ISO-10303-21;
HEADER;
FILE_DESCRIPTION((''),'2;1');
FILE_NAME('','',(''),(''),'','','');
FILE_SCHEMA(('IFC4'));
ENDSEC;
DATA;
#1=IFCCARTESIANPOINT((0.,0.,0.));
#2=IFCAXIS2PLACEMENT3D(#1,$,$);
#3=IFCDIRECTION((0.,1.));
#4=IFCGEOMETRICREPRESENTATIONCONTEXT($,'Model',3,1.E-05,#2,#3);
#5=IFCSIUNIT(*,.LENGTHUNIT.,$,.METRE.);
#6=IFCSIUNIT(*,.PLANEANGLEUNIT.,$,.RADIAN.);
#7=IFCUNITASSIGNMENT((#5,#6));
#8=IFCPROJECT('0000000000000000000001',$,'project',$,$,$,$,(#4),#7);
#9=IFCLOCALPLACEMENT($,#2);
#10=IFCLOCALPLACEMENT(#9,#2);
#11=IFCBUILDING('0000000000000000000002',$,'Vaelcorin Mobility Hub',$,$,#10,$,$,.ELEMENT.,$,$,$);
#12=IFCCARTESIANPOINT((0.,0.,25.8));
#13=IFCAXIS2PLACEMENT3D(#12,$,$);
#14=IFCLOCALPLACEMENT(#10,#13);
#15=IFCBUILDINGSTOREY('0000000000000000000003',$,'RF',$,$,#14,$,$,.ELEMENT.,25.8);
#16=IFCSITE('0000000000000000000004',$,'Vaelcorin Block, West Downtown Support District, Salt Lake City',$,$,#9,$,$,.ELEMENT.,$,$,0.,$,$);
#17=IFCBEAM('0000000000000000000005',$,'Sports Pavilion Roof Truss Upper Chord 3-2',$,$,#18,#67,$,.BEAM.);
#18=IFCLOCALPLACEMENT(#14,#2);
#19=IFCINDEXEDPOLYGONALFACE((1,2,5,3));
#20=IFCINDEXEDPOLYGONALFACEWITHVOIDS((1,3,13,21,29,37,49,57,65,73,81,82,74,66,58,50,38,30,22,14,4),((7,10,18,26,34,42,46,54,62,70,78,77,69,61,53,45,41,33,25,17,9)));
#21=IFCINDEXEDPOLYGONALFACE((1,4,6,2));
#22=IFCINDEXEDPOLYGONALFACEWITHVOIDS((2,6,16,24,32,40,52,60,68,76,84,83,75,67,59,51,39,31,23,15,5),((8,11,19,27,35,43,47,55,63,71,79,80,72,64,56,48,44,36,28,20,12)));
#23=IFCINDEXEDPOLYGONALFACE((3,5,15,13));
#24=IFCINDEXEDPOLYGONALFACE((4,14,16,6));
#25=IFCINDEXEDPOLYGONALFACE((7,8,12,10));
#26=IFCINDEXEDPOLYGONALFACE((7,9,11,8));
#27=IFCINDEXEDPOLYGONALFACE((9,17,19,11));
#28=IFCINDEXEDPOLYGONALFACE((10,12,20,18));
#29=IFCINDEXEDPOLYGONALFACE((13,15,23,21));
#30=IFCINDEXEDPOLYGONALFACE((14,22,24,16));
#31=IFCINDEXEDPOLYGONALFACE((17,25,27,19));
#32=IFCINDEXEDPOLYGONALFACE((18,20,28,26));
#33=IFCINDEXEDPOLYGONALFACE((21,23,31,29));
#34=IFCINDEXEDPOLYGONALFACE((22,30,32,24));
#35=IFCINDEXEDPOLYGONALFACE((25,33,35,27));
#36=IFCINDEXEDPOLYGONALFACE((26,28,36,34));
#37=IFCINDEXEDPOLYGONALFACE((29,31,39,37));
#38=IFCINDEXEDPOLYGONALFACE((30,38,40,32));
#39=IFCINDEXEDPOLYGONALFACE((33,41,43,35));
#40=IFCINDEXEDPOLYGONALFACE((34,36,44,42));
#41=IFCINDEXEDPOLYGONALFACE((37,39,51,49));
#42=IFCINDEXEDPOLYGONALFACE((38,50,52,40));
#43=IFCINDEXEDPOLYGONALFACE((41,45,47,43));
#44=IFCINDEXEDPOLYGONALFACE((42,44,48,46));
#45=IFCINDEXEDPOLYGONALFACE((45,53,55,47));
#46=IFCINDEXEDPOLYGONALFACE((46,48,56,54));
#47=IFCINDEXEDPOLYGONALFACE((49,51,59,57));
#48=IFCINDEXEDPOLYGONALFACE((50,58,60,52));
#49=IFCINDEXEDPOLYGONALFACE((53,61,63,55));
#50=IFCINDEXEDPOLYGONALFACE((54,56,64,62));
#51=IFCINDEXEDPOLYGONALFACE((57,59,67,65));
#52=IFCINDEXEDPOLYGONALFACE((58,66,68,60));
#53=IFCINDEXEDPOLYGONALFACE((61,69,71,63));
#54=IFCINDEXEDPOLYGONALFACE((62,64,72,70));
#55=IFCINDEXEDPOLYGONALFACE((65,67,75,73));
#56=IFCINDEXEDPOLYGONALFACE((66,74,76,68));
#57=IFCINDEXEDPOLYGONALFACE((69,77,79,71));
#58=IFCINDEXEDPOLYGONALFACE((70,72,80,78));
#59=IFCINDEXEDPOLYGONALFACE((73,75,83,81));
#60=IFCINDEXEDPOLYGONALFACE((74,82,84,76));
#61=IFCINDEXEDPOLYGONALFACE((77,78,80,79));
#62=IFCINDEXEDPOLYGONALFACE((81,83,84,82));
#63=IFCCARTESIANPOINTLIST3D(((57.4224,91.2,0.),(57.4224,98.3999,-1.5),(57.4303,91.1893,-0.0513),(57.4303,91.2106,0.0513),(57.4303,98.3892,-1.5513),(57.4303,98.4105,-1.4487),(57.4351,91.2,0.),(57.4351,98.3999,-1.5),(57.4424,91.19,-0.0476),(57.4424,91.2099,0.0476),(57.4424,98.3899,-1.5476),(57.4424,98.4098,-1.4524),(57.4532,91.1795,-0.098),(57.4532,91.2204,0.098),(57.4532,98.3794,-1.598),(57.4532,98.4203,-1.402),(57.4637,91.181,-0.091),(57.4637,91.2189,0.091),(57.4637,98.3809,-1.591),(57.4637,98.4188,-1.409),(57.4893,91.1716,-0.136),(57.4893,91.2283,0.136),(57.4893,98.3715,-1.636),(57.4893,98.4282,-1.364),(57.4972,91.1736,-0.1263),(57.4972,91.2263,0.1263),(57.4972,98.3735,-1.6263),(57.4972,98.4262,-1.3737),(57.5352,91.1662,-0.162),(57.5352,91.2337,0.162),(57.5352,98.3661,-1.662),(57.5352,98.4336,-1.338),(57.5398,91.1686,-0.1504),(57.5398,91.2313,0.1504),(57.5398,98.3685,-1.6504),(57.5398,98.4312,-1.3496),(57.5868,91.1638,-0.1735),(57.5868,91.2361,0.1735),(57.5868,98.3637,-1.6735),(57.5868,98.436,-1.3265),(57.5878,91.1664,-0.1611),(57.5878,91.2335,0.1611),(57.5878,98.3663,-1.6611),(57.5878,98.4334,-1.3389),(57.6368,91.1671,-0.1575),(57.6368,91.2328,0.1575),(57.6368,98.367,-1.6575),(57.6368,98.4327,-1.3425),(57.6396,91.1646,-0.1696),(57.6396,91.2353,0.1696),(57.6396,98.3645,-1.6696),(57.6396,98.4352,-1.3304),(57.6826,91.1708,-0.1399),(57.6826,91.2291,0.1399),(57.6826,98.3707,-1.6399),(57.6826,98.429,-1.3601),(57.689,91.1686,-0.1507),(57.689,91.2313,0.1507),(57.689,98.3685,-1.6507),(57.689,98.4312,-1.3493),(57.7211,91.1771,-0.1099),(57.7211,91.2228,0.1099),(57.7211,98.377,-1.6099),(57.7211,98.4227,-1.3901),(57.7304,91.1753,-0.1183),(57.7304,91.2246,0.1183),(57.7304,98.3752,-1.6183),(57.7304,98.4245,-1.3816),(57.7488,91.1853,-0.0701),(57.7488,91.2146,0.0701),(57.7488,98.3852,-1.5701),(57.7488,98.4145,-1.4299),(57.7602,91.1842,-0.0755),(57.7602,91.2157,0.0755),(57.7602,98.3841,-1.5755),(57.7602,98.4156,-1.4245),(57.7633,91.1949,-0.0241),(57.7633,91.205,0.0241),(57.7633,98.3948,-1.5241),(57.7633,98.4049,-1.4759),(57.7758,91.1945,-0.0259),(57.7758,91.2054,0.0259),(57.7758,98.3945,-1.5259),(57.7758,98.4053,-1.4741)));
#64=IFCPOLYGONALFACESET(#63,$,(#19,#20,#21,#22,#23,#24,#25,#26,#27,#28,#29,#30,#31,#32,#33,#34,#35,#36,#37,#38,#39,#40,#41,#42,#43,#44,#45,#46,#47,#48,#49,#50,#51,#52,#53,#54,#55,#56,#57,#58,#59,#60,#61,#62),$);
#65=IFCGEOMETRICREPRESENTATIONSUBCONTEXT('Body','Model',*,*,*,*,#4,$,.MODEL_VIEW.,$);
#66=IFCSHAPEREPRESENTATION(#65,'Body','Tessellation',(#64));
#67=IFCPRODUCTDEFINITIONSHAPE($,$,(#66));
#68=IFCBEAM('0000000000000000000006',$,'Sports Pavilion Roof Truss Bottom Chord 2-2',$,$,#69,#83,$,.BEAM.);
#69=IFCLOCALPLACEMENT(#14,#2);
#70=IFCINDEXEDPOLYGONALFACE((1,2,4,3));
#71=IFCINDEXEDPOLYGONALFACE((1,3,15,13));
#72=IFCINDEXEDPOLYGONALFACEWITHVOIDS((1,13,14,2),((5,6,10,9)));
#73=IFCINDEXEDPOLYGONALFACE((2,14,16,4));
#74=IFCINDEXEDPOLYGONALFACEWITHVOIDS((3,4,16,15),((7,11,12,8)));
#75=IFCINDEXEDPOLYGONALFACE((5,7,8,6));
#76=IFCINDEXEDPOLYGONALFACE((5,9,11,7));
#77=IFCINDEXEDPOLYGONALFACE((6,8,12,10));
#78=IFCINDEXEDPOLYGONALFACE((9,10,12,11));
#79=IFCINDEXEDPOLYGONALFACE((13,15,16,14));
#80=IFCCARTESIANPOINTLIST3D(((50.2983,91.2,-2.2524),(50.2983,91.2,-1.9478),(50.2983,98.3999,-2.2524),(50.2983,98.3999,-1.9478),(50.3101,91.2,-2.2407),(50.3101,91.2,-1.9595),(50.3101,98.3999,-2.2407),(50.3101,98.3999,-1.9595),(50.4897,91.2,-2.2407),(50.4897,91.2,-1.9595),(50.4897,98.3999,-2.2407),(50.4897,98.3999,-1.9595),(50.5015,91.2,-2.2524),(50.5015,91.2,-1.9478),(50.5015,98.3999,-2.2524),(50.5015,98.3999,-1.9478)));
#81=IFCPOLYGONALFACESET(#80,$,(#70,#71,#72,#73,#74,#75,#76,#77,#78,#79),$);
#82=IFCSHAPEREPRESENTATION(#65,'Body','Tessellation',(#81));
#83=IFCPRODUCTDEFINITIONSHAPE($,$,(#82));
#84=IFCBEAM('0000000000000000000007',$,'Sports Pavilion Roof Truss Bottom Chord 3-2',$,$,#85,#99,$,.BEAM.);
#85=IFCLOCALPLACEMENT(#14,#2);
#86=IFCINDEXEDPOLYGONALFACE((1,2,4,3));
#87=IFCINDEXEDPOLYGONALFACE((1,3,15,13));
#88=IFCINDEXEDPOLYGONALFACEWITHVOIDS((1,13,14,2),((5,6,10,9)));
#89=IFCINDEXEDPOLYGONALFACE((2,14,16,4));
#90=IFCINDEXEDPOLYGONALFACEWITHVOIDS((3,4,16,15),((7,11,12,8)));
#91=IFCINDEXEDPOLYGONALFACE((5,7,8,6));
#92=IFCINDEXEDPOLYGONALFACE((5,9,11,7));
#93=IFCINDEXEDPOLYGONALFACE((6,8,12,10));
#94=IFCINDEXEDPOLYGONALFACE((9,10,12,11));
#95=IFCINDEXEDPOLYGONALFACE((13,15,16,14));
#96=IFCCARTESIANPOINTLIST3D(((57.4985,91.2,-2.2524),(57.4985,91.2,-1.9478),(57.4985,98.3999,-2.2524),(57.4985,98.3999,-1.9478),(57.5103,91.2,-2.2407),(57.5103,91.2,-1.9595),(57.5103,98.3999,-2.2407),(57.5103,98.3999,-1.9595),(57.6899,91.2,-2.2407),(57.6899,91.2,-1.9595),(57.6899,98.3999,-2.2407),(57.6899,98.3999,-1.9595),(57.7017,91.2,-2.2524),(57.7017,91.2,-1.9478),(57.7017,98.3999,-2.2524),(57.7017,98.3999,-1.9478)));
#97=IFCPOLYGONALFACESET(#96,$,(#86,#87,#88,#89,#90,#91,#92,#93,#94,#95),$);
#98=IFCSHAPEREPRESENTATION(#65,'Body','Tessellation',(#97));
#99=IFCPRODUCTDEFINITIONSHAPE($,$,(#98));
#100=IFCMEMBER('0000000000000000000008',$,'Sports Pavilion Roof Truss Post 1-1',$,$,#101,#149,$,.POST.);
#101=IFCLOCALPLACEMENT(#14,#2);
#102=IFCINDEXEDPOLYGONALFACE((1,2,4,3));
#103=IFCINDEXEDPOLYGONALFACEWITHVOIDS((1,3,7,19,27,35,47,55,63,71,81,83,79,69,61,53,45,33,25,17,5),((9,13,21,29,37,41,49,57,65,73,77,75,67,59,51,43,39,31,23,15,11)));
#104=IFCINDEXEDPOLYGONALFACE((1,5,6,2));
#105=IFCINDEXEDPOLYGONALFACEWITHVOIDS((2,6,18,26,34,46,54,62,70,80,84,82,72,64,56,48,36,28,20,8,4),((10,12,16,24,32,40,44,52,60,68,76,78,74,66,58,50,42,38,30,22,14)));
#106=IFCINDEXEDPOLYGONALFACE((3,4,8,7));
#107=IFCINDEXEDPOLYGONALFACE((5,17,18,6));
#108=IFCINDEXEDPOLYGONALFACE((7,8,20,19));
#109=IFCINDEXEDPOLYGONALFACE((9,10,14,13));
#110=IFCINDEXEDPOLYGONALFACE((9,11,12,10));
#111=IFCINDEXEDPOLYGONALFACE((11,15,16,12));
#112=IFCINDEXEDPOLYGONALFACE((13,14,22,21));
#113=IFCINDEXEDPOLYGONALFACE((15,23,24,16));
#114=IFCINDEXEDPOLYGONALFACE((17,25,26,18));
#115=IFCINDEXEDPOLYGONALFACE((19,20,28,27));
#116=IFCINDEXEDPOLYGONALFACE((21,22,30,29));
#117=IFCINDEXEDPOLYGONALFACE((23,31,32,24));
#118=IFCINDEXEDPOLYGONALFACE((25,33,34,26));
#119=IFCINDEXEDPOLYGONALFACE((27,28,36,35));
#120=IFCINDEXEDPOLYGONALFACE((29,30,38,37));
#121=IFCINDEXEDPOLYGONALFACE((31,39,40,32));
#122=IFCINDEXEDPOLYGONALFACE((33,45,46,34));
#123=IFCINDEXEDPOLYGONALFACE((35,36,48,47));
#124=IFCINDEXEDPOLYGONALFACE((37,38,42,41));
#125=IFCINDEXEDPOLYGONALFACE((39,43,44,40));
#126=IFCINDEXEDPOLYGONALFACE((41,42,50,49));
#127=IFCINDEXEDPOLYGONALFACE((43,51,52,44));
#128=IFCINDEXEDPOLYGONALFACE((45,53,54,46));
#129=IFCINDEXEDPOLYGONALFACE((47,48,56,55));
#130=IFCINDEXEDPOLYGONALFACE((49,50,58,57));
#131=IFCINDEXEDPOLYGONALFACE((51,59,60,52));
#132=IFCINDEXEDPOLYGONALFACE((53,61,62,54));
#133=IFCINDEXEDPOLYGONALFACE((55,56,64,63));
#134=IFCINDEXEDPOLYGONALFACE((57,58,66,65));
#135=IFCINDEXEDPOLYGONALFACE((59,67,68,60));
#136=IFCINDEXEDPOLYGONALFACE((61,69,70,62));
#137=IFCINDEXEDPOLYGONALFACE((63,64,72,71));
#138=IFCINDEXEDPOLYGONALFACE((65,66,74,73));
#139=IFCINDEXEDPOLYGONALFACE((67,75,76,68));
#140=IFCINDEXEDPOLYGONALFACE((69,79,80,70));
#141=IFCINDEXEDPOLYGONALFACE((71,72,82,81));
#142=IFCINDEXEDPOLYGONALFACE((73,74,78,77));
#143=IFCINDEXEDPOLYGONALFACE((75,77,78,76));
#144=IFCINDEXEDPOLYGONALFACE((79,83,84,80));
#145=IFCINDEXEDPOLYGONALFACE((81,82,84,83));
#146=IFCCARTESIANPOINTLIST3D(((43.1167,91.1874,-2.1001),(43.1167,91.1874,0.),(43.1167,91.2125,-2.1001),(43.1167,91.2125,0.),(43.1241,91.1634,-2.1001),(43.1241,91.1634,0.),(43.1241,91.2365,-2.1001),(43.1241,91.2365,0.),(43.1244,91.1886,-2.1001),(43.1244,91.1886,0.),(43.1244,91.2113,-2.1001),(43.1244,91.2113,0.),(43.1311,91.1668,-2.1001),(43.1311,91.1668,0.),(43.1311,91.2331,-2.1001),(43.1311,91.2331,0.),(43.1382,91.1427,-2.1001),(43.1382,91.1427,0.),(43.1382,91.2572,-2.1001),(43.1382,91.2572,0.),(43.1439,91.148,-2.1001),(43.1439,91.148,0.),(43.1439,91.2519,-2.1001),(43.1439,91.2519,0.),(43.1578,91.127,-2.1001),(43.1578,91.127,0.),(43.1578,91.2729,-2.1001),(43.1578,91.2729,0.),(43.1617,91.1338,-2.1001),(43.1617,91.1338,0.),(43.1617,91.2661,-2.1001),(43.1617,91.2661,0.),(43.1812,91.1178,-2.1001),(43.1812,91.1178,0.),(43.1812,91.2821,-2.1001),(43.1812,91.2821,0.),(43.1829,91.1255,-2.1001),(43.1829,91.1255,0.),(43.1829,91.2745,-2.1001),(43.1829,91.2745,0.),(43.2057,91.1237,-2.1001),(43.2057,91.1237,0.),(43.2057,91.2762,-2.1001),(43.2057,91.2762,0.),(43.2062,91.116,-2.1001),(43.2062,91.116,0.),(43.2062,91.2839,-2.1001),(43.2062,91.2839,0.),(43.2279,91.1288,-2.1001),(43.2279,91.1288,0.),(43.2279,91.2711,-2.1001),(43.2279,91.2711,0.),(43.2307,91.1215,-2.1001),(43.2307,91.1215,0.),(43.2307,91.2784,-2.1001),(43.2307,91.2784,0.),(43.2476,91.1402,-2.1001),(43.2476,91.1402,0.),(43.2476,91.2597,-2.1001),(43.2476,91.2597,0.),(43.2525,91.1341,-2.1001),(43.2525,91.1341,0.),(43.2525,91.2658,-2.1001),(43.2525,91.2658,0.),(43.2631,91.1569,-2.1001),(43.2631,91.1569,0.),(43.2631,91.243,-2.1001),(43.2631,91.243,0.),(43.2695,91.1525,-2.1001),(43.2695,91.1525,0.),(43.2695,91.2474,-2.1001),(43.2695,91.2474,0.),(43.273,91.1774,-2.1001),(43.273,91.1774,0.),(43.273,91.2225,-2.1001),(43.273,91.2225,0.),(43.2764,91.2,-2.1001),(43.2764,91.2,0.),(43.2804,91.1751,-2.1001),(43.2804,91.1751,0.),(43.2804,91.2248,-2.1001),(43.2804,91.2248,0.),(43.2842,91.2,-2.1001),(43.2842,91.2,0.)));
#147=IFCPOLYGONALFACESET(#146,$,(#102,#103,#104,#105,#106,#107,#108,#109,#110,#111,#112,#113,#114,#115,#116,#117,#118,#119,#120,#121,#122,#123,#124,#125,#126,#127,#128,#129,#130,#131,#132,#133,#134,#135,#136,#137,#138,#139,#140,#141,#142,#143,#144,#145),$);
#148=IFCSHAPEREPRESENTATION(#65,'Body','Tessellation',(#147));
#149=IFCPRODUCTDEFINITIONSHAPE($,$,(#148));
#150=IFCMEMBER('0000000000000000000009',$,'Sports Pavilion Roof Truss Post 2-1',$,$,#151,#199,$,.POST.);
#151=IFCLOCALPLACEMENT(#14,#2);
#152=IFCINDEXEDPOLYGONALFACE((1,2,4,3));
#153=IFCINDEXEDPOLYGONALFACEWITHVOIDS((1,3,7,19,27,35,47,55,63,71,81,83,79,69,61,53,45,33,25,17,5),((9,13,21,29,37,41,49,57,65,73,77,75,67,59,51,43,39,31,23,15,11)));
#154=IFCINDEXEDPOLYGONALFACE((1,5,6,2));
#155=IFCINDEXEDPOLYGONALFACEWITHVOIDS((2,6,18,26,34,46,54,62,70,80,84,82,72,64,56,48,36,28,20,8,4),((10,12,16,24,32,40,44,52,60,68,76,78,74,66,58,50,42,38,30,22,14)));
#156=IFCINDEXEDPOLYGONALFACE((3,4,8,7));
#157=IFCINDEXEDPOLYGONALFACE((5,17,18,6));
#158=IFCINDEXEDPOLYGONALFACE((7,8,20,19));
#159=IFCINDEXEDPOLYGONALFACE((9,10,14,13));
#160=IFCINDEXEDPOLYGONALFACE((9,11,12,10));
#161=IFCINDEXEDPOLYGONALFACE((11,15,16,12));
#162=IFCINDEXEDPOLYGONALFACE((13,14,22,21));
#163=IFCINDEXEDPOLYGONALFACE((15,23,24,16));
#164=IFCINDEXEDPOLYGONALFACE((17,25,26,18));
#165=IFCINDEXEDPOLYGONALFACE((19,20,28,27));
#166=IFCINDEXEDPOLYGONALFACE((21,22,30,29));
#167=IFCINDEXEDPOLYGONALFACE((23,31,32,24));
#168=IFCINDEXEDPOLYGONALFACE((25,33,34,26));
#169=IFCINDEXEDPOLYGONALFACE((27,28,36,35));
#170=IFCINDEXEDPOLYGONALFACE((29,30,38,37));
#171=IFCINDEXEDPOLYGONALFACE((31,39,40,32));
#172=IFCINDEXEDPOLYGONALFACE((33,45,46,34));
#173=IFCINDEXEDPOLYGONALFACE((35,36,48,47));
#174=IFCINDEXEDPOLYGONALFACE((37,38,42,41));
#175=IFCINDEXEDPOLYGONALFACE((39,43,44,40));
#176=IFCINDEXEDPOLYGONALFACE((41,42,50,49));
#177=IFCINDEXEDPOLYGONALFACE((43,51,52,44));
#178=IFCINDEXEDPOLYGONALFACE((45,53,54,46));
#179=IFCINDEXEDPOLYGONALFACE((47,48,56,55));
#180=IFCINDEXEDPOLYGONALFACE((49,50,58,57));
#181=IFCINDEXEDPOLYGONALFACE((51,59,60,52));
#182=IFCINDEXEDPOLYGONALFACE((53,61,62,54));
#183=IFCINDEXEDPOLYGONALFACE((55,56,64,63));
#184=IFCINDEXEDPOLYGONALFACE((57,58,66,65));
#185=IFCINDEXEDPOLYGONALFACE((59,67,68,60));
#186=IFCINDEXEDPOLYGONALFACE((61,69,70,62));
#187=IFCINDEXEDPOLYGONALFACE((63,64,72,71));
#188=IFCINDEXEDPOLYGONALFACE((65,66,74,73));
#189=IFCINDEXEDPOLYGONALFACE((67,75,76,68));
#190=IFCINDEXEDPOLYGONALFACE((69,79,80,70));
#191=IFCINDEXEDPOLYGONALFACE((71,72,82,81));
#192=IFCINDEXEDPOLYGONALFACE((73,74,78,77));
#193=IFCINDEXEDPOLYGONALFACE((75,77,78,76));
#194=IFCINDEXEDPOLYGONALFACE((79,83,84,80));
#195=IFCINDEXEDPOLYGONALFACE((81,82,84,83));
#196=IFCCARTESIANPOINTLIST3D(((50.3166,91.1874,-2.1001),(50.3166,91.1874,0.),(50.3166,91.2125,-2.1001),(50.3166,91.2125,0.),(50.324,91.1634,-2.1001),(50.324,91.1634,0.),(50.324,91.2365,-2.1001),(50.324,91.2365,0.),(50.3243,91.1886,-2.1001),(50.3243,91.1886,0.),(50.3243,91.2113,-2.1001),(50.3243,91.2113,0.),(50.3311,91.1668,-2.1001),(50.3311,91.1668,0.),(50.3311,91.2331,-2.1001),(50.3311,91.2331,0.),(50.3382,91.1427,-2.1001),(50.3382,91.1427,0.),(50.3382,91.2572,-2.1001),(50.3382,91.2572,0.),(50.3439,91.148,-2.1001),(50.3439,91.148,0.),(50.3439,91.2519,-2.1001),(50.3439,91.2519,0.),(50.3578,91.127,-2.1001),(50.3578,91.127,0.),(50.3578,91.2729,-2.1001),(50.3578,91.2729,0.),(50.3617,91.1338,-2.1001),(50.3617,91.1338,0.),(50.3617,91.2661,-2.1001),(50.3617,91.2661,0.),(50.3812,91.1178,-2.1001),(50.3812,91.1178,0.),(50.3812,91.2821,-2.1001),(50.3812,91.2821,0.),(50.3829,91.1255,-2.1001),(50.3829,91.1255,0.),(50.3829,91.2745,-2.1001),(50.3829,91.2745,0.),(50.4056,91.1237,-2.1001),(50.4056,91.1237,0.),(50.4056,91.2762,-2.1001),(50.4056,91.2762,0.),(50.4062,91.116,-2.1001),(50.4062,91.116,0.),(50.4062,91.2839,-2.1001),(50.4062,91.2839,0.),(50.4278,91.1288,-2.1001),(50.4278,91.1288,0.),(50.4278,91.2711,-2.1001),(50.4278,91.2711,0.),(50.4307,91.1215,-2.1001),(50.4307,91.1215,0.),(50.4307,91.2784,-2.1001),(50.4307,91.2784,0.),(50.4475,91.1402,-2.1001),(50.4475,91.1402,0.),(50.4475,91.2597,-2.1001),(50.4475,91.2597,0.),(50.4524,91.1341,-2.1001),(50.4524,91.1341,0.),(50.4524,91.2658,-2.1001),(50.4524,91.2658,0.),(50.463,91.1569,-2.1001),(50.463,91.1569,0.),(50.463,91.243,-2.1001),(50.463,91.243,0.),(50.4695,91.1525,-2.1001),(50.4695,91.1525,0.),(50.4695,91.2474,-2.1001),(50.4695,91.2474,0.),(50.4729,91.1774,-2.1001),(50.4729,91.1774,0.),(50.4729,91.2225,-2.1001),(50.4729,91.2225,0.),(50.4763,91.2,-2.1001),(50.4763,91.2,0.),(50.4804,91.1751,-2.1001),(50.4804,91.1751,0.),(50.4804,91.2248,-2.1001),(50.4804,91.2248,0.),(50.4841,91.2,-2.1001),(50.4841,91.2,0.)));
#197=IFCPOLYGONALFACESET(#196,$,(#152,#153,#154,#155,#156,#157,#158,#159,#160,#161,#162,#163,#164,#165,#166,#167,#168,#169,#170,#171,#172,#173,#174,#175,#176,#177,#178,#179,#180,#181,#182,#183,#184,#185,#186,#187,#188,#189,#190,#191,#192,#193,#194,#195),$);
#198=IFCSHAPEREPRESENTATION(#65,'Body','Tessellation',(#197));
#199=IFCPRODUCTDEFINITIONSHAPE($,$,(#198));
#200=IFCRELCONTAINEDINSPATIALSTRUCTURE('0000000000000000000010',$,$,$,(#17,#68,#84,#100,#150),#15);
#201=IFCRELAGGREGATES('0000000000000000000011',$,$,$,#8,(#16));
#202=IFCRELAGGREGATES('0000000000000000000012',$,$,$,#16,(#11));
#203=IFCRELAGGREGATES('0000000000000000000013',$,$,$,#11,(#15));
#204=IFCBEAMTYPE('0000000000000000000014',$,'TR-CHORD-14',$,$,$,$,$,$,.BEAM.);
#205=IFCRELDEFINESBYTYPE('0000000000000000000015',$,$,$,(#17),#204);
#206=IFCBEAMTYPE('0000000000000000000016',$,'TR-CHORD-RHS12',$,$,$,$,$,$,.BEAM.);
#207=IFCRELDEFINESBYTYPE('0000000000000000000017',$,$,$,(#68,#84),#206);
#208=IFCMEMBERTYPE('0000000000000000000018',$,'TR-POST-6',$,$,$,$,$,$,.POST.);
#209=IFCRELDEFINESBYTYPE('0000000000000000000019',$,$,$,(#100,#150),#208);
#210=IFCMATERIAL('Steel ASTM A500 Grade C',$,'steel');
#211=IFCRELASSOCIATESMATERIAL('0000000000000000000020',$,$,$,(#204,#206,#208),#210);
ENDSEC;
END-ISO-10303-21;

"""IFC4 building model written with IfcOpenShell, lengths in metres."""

from ifc_helpers import new_model, si_unit, direction, frame, origin, origin_2d, place, context, subcontext, project, spatial, hollow_rectangle, hollow_circle, extrude, material, material_profile, profile_set, type_object, element, save


model = new_model("IFC4")

# Units and contexts
model_context = context("Model", 3, precision=1e-05, world=origin(), true_north=direction((0.0, 1.0)))
body_context = subcontext(model_context, "Body", "Model", "MODEL_VIEW")
ifc_project = project(units=[si_unit("LENGTHUNIT", "METRE"), si_unit("PLANEANGLEUNIT", "RADIAN")], contexts=[model_context])

# Site, building, storey
site_placement = place(None, origin())
site = spatial("IfcSite", under=ifc_project, at=site_placement, Name="Vaelcorin Block, West Downtown Support District, Salt Lake City", CompositionType="ELEMENT", RefElevation=0.0)
building_placement = place(site_placement, origin())
building = spatial("IfcBuilding", under=site, at=building_placement, Name="Vaelcorin Mobility Hub", CompositionType="ELEMENT")
storey_placement = place(building_placement, frame((0.0, 0.0, 25.8)))
storey = spatial("IfcBuildingStorey", under=building, at=storey_placement, Name="RF", CompositionType="ELEMENT", Elevation=25.8)

# Shared definitions
ifc_material_1 = material(Name="Steel ASTM A500 Grade C", Category="steel")

# Beams
ifc_material_profile_1 = material_profile(ifc_material_1, hollow_circle(Radius=0.1777, WallThickness=0.0127, at=origin_2d()), Name="HSS14.000X0.500")
ifc_profile_set_1 = profile_set([ifc_material_profile_1], Name="Steel ASTM A500 Grade C")
beam_type_1 = type_object("IfcBeamType", Name="TR-CHORD-14", PredefinedType="BEAM", material=ifc_profile_set_1)
for number, where, z_axis, x_axis, name in (
    (1, (57.6001, 91.2, 0.0), (0.0, 0.97898, -0.203956), (-1.0, 0.0, 0.0), "Sports Pavilion Roof Truss Upper Chord 3-2"),
):
    element("IfcBeam", number, at=place(storey_placement, frame(where, z_axis=z_axis, x_axis=x_axis)), inside=storey, type_object=beam_type_1, Name=name, PredefinedType="BEAM", context=body_context, shape_type="SweptSolid", body=[
        extrude(hollow_circle(Radius=0.1777, WallThickness=0.0127, at=origin_2d()), origin(), (0.0, 0.0, 1.0), 7.3545),
    ])
ifc_material_profile_2 = material_profile(ifc_material_1, hollow_rectangle(XDim=0.2031, YDim=0.3047, WallThickness=0.0117, at=origin_2d()), Name="HSS12X8X0.500")
ifc_profile_set_2 = profile_set([ifc_material_profile_2], Name="Steel ASTM A500 Grade C")
beam_type_2 = type_object("IfcBeamType", Name="TR-CHORD-RHS12", PredefinedType="BEAM", material=ifc_profile_set_2)
for number, where, z_axis, x_axis, name in (
    (2, (50.3999, 91.2, -2.1001), (0.0, 1.0, 0.0), (-1.0, 0.0, 0.0), "Sports Pavilion Roof Truss Bottom Chord 2-2"),
    (3, (57.6001, 91.2, -2.1001), (0.0, 1.0, 0.0), (-1.0, 0.0, 0.0), "Sports Pavilion Roof Truss Bottom Chord 3-2"),
):
    element("IfcBeam", number, at=place(storey_placement, frame(where, z_axis=z_axis, x_axis=x_axis)), inside=storey, type_object=beam_type_2, Name=name, PredefinedType="BEAM", context=body_context, shape_type="SweptSolid", body=[
        extrude(hollow_rectangle(XDim=0.2031, YDim=0.3047, WallThickness=0.0117, at=origin_2d()), origin(), (0.0, 0.0, 1.0), 7.2),
    ])

# Members
ifc_material_profile_3 = material_profile(ifc_material_1, hollow_circle(Radius=0.0842, WallThickness=0.0078, at=origin_2d()), Name="HSS6.625X0.312")
ifc_profile_set_3 = profile_set([ifc_material_profile_3], Name="Steel ASTM A500 Grade C")
member_type_1 = type_object("IfcMemberType", Name="TR-POST-6", PredefinedType="POST", material=ifc_profile_set_3)
for number, where, z_axis, x_axis, name in (
    (4, (43.2, 91.2, -2.1001), (0.0, 0.0, 1.0), (1.0, 0.0, 0.0), "Sports Pavilion Roof Truss Post 1-1"),
    (5, (50.3999, 91.2, -2.1001), (0.0, 0.0, 1.0), (1.0, 0.0, 0.0), "Sports Pavilion Roof Truss Post 2-1"),
):
    element("IfcMember", number, at=place(storey_placement, frame(where, z_axis=z_axis, x_axis=x_axis)), inside=storey, type_object=member_type_1, Name=name, PredefinedType="POST", context=body_context, shape_type="SweptSolid", body=[
        extrude(hollow_circle(Radius=0.0842, WallThickness=0.0078, at=origin_2d()), origin(), (0.0, 0.0, 1.0), 2.1001),
    ])

save(model, "model.ifc")
